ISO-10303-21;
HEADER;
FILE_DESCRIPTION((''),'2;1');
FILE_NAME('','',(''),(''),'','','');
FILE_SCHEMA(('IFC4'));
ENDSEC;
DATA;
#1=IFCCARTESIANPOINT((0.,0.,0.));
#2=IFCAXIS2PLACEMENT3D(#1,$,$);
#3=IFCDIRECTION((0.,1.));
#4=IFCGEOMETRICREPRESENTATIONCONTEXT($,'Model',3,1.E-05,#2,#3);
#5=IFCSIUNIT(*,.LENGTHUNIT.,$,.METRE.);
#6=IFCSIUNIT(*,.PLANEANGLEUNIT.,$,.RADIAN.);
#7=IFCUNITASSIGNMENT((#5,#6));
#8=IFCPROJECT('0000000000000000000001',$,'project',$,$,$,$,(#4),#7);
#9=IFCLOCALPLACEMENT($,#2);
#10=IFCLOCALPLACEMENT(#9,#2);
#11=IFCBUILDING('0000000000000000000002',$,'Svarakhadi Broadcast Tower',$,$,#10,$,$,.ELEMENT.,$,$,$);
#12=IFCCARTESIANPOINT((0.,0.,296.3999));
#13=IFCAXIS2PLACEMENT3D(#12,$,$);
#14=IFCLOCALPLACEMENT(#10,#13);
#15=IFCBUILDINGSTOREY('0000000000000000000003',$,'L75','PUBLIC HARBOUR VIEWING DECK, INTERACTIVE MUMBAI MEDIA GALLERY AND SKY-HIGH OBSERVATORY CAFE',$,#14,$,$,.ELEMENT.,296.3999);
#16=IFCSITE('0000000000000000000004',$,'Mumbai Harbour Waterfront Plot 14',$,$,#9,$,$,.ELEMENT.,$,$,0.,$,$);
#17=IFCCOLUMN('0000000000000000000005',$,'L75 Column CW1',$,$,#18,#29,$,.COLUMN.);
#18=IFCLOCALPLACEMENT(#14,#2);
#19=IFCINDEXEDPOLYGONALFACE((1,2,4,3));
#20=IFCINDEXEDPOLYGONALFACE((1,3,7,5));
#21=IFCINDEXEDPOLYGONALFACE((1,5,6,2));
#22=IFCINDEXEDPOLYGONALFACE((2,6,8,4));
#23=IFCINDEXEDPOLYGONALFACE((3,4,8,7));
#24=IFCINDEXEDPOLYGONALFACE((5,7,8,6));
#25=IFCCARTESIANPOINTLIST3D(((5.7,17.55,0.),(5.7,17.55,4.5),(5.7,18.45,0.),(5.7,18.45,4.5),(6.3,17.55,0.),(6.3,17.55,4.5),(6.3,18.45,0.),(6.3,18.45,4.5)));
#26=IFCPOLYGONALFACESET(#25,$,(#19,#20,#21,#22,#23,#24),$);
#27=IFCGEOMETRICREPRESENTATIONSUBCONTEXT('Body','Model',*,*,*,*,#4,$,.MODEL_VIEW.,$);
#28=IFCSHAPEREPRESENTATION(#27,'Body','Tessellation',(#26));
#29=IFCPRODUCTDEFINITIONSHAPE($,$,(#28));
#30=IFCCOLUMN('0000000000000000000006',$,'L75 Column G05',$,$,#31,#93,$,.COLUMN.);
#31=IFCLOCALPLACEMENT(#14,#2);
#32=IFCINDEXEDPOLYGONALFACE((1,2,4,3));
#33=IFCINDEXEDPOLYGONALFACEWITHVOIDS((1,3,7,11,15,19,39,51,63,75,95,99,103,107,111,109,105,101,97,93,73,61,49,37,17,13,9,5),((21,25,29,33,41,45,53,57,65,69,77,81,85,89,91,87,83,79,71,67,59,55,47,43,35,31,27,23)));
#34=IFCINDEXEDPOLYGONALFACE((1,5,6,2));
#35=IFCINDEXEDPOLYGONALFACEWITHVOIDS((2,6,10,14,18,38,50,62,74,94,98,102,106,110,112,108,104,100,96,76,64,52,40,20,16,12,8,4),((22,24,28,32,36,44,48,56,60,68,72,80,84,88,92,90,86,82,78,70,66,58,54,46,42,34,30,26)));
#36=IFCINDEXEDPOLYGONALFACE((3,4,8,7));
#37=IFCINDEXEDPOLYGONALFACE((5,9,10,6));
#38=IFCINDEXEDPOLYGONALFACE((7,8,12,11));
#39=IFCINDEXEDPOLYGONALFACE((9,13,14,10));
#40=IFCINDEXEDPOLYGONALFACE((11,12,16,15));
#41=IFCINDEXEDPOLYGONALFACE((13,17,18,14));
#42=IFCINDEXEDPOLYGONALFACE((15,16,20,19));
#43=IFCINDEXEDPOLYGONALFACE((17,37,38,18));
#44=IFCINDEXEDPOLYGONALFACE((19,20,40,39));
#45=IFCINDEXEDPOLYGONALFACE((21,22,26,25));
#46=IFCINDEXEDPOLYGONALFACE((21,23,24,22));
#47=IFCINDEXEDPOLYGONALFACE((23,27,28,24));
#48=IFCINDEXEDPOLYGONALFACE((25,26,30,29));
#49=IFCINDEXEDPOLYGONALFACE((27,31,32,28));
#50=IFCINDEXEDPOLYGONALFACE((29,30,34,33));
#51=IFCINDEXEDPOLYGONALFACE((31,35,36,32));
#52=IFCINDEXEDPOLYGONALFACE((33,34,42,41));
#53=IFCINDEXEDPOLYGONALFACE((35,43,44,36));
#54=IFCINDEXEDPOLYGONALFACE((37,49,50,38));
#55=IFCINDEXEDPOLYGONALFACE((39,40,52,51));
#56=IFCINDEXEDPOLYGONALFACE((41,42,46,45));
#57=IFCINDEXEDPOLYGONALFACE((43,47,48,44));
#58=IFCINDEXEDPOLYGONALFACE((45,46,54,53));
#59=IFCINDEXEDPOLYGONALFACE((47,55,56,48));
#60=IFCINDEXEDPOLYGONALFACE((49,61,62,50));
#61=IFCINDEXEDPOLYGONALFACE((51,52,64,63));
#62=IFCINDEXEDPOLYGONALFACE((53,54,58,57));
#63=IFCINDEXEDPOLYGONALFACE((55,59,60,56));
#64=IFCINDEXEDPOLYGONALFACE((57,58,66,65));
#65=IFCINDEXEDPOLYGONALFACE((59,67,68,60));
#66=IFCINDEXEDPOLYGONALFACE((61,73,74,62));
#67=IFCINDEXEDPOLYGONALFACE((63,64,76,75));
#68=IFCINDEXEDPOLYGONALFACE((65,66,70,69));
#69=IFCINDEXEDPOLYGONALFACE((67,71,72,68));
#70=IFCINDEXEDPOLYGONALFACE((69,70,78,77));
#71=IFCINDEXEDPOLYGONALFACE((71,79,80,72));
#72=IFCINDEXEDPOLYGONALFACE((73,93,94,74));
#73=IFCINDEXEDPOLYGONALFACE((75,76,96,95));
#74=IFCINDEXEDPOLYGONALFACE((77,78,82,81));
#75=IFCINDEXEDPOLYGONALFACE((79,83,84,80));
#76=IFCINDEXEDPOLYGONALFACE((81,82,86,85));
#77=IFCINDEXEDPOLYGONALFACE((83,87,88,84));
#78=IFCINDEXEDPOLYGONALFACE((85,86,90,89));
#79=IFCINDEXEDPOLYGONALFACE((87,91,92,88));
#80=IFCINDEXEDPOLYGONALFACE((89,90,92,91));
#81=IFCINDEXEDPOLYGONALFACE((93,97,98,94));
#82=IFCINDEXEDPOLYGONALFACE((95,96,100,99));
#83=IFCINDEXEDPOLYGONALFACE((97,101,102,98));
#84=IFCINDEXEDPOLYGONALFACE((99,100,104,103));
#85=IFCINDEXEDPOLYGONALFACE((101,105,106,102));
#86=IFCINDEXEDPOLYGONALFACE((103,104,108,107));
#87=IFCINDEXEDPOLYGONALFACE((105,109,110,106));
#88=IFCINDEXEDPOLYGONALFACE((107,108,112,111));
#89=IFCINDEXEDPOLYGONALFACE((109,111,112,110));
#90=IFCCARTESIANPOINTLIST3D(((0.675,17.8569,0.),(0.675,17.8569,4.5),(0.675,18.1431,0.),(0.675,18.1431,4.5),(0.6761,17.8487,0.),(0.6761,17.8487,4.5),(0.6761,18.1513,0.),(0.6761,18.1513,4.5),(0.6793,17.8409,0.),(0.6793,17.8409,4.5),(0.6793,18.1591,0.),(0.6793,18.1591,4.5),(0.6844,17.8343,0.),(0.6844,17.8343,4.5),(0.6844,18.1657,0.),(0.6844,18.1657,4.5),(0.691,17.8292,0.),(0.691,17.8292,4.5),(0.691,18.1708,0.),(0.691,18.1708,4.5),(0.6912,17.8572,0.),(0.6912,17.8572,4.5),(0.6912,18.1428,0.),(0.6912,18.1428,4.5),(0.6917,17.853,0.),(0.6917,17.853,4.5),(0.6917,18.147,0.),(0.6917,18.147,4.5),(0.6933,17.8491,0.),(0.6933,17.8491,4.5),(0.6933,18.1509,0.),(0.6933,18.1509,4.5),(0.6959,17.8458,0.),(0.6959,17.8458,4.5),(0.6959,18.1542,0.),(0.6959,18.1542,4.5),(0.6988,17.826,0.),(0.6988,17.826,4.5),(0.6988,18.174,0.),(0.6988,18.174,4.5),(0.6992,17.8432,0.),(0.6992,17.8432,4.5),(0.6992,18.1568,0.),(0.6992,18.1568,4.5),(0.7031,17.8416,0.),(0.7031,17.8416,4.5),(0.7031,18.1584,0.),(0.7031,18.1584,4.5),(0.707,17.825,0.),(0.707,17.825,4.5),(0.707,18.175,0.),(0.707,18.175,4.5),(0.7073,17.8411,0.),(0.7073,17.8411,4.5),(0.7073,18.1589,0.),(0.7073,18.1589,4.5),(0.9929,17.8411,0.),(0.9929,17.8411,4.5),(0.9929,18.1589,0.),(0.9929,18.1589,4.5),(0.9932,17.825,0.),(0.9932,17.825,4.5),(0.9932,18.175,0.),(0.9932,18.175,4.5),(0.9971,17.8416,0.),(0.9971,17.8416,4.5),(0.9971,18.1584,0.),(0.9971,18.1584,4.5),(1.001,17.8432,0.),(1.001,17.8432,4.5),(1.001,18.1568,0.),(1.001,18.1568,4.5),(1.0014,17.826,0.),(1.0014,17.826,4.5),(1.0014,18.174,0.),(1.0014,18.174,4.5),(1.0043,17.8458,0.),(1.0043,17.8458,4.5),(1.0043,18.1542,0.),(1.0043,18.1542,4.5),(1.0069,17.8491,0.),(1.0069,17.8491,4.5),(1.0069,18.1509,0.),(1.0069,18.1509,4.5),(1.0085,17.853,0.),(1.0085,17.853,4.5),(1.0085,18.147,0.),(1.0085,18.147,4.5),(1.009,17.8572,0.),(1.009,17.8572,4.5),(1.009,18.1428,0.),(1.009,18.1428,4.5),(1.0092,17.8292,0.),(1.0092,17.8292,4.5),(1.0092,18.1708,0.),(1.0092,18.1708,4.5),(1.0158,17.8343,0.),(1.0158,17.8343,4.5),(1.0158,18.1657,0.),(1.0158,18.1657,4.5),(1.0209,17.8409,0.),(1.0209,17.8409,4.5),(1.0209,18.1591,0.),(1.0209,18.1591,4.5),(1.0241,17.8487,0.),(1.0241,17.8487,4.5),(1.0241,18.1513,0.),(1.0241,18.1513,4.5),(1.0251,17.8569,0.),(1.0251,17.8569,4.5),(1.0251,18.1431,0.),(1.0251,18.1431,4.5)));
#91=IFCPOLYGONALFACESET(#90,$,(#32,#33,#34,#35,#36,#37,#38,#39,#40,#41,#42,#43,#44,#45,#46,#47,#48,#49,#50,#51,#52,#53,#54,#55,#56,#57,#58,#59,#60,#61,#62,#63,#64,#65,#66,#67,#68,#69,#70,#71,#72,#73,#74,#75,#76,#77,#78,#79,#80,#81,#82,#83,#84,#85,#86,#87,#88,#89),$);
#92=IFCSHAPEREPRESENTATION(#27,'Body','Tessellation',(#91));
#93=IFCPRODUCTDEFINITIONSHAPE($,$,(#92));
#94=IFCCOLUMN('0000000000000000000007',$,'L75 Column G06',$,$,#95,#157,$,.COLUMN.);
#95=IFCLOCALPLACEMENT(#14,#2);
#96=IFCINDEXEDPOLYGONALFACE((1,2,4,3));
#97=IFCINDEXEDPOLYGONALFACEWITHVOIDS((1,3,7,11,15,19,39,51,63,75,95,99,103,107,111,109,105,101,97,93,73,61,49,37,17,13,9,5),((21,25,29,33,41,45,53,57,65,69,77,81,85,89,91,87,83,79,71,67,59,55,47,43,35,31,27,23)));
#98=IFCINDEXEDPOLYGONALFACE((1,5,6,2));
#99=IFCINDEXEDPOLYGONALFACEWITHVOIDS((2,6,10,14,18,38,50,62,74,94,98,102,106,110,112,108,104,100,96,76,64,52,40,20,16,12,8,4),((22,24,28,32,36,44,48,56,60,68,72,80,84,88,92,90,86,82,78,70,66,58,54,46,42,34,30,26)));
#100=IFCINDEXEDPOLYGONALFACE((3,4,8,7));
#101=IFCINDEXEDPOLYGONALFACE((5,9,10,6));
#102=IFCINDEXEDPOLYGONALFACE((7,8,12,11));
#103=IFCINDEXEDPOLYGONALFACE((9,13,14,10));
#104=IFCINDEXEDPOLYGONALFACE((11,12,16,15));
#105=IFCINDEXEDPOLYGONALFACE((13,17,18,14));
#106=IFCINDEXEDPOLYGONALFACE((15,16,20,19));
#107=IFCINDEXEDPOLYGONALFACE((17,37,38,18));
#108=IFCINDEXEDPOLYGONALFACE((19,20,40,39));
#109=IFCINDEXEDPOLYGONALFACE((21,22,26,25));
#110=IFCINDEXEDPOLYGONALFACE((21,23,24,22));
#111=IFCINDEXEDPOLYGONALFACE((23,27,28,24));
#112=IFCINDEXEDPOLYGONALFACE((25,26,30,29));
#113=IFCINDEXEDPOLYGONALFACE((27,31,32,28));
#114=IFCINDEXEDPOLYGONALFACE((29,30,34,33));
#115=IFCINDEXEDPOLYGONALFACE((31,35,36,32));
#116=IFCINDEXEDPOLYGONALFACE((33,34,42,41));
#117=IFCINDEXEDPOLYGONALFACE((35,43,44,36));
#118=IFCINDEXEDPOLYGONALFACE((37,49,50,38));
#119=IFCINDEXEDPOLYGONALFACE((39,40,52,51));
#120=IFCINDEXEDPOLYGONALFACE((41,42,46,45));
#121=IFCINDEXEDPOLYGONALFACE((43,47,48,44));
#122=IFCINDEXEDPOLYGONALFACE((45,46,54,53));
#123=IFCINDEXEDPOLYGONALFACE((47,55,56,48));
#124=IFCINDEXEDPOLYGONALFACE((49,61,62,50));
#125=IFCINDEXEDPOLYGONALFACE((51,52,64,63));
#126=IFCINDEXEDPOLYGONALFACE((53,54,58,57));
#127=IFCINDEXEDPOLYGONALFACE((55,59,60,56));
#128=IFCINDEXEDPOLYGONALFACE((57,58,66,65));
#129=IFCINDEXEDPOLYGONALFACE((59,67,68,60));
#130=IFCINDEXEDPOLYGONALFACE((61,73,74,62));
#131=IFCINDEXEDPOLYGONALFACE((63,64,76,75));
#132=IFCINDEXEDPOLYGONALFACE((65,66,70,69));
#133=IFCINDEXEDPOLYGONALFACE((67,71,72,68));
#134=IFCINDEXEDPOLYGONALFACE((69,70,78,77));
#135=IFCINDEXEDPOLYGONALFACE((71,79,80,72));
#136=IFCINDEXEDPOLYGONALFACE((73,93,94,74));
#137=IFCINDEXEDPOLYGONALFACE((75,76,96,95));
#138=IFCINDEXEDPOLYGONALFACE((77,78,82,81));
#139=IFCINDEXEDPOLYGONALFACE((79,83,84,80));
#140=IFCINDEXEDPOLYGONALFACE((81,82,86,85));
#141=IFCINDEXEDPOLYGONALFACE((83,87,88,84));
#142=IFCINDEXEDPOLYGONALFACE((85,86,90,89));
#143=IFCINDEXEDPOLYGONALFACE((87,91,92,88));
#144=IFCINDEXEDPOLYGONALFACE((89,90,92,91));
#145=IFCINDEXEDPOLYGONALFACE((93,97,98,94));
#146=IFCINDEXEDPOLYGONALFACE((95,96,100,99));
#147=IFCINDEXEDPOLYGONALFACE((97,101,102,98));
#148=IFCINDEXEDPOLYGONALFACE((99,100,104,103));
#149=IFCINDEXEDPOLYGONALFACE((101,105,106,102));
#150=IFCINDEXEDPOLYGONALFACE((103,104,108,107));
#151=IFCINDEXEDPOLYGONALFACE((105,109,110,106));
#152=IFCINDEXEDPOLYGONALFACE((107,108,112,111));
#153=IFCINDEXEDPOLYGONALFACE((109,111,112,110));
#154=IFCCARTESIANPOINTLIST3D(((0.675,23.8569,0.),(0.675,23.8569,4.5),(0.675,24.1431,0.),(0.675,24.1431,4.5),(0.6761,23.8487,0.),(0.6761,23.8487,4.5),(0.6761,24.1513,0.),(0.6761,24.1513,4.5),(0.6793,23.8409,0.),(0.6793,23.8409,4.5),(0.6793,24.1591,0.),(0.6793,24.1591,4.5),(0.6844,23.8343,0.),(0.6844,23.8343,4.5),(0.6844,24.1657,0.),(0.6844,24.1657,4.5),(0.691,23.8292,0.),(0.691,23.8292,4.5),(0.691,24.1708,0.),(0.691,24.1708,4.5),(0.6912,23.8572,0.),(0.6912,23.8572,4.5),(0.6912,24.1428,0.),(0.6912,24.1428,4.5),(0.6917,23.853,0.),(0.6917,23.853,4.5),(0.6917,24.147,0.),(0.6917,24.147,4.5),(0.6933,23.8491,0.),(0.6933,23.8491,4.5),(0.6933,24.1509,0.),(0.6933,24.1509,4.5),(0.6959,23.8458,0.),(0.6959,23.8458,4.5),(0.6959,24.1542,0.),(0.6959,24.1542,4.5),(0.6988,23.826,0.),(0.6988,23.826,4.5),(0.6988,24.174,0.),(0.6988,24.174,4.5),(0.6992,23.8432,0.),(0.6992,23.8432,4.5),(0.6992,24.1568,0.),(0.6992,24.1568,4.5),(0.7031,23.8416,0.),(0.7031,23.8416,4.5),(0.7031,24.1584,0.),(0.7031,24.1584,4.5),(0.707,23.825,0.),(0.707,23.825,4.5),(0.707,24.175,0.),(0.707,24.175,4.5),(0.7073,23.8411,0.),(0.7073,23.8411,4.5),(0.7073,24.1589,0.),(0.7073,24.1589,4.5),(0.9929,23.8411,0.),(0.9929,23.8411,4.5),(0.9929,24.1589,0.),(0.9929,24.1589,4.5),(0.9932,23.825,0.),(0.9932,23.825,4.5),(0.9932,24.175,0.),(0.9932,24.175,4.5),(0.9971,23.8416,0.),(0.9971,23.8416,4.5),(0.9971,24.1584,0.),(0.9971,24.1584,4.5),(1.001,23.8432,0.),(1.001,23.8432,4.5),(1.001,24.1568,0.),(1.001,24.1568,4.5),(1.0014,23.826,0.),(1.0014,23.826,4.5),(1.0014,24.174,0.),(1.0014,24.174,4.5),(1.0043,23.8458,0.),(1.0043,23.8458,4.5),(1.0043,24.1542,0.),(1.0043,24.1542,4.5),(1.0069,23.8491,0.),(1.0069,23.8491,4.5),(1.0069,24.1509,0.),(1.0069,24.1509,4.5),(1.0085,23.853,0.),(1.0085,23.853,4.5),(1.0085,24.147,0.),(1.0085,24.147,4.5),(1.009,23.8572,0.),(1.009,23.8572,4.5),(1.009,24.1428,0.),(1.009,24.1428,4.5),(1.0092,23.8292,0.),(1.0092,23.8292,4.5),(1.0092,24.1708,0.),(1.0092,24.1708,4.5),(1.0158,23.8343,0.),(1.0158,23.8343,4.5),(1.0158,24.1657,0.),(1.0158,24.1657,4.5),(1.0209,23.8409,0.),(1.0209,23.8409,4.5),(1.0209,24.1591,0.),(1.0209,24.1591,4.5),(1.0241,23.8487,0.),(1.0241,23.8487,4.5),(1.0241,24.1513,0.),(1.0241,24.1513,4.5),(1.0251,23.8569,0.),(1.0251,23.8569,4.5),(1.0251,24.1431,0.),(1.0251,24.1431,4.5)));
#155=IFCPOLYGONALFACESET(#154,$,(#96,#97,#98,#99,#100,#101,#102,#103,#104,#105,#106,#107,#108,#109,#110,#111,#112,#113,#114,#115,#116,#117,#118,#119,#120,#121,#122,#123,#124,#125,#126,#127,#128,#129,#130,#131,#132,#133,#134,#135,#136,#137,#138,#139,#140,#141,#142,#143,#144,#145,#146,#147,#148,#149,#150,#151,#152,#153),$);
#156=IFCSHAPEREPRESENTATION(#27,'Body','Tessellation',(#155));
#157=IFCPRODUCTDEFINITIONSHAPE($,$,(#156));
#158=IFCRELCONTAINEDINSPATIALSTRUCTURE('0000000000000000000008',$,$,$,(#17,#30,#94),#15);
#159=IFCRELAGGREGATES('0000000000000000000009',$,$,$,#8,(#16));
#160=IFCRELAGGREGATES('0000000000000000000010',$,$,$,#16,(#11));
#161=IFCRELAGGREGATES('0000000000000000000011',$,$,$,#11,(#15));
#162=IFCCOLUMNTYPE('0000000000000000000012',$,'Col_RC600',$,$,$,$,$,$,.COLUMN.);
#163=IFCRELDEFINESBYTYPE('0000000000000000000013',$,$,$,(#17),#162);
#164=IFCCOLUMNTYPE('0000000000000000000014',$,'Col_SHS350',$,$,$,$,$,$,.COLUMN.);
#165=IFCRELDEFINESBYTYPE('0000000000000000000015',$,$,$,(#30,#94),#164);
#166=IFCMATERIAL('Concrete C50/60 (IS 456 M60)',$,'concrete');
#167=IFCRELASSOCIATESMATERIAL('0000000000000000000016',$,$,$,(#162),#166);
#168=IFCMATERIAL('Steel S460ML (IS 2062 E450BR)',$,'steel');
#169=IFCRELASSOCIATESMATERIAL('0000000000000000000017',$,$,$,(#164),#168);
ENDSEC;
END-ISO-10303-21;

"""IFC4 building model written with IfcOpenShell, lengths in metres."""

from ifc_helpers import new_model, si_unit, direction, frame, origin, origin_2d, place, context, subcontext, project, spatial, rectangle, hollow_rectangle, extrude, material, material_profile, profile_set, type_object, element, save


model = new_model("IFC4")

# Units and contexts
model_context = context("Model", 3, precision=1e-05, world=origin(), true_north=direction((0.0, 1.0)))
body_context = subcontext(model_context, "Body", "Model", "MODEL_VIEW")
ifc_project = project(units=[si_unit("LENGTHUNIT", "METRE"), si_unit("PLANEANGLEUNIT", "RADIAN")], contexts=[model_context])

# Site, building, storey
site_placement = place(None, origin())
site = spatial("IfcSite", under=ifc_project, at=site_placement, Name="Mumbai Harbour Waterfront Plot 14", CompositionType="ELEMENT", RefElevation=0.0)
building_placement = place(site_placement, origin())
building = spatial("IfcBuilding", under=site, at=building_placement, Name="Svarakhadi Broadcast Tower", CompositionType="ELEMENT")
storey_placement = place(building_placement, frame((0.0, 0.0, 296.3999)))
storey = spatial("IfcBuildingStorey", under=building, at=storey_placement, Name="L75", Description="PUBLIC HARBOUR VIEWING DECK, INTERACTIVE MUMBAI MEDIA GALLERY AND SKY-HIGH OBSERVATORY CAFE", CompositionType="ELEMENT", Elevation=296.3999)

# Columns
ifc_material_1 = material(Name="Concrete C50/60 (IS 456 M60)", Category="concrete")
ifc_material_profile_1 = material_profile(ifc_material_1, rectangle(XDim=0.6001, YDim=0.8999, at=origin_2d()), Name="RC 600x900")
ifc_profile_set_1 = profile_set([ifc_material_profile_1], Name="Concrete C50/60 (IS 456 M60)")
column_type_1 = type_object("IfcColumnType", Name="Col_RC600", PredefinedType="COLUMN", material=ifc_profile_set_1)
column_placement = place(storey_placement, frame((6.0, 18.0, 0.0), z_axis=(0.0, 0.0, 1.0), x_axis=(1.0, 0.0, 0.0)))
element("IfcColumn", 1, at=column_placement, inside=storey, type_object=column_type_1, Name="L75 Column CW1", PredefinedType="COLUMN", context=body_context, shape_type="SweptSolid", body=[
    extrude(rectangle(XDim=0.6001, YDim=0.8999, at=origin_2d()), origin(), (0.0, 0.0, 1.0), 4.5),
])
ifc_material_2 = material(Name="Steel S460ML (IS 2062 E450BR)", Category="steel")
ifc_material_profile_2 = material_profile(ifc_material_2, hollow_rectangle(XDim=0.3501, YDim=0.3501, WallThickness=0.0161, InnerFilletRadius=0.0161, OuterFilletRadius=0.032, at=origin_2d()), Name="SHS 350x350x16")
ifc_profile_set_2 = profile_set([ifc_material_profile_2], Name="Steel S460ML (IS 2062 E450BR)")
column_type_2 = type_object("IfcColumnType", Name="Col_SHS350", PredefinedType="COLUMN", material=ifc_profile_set_2)
for number, where, z_axis, x_axis, name in (
    (2, (0.8501, 18.0, 0.0), (0.0, 0.0, 1.0), (1.0, 0.0, 0.0), "L75 Column G05"),
    (3, (0.8501, 24.0, 0.0), (0.0, 0.0, 1.0), (1.0, 0.0, 0.0), "L75 Column G06"),
):
    element("IfcColumn", number, at=place(storey_placement, frame(where, z_axis=z_axis, x_axis=x_axis)), inside=storey, type_object=column_type_2, Name=name, PredefinedType="COLUMN", context=body_context, shape_type="SweptSolid", body=[
        extrude(hollow_rectangle(XDim=0.3501, YDim=0.3501, WallThickness=0.0161, InnerFilletRadius=0.0161, OuterFilletRadius=0.032, at=origin_2d()), origin(), (0.0, 0.0, 1.0), 4.5),
    ])

save(model, "model.ifc")
